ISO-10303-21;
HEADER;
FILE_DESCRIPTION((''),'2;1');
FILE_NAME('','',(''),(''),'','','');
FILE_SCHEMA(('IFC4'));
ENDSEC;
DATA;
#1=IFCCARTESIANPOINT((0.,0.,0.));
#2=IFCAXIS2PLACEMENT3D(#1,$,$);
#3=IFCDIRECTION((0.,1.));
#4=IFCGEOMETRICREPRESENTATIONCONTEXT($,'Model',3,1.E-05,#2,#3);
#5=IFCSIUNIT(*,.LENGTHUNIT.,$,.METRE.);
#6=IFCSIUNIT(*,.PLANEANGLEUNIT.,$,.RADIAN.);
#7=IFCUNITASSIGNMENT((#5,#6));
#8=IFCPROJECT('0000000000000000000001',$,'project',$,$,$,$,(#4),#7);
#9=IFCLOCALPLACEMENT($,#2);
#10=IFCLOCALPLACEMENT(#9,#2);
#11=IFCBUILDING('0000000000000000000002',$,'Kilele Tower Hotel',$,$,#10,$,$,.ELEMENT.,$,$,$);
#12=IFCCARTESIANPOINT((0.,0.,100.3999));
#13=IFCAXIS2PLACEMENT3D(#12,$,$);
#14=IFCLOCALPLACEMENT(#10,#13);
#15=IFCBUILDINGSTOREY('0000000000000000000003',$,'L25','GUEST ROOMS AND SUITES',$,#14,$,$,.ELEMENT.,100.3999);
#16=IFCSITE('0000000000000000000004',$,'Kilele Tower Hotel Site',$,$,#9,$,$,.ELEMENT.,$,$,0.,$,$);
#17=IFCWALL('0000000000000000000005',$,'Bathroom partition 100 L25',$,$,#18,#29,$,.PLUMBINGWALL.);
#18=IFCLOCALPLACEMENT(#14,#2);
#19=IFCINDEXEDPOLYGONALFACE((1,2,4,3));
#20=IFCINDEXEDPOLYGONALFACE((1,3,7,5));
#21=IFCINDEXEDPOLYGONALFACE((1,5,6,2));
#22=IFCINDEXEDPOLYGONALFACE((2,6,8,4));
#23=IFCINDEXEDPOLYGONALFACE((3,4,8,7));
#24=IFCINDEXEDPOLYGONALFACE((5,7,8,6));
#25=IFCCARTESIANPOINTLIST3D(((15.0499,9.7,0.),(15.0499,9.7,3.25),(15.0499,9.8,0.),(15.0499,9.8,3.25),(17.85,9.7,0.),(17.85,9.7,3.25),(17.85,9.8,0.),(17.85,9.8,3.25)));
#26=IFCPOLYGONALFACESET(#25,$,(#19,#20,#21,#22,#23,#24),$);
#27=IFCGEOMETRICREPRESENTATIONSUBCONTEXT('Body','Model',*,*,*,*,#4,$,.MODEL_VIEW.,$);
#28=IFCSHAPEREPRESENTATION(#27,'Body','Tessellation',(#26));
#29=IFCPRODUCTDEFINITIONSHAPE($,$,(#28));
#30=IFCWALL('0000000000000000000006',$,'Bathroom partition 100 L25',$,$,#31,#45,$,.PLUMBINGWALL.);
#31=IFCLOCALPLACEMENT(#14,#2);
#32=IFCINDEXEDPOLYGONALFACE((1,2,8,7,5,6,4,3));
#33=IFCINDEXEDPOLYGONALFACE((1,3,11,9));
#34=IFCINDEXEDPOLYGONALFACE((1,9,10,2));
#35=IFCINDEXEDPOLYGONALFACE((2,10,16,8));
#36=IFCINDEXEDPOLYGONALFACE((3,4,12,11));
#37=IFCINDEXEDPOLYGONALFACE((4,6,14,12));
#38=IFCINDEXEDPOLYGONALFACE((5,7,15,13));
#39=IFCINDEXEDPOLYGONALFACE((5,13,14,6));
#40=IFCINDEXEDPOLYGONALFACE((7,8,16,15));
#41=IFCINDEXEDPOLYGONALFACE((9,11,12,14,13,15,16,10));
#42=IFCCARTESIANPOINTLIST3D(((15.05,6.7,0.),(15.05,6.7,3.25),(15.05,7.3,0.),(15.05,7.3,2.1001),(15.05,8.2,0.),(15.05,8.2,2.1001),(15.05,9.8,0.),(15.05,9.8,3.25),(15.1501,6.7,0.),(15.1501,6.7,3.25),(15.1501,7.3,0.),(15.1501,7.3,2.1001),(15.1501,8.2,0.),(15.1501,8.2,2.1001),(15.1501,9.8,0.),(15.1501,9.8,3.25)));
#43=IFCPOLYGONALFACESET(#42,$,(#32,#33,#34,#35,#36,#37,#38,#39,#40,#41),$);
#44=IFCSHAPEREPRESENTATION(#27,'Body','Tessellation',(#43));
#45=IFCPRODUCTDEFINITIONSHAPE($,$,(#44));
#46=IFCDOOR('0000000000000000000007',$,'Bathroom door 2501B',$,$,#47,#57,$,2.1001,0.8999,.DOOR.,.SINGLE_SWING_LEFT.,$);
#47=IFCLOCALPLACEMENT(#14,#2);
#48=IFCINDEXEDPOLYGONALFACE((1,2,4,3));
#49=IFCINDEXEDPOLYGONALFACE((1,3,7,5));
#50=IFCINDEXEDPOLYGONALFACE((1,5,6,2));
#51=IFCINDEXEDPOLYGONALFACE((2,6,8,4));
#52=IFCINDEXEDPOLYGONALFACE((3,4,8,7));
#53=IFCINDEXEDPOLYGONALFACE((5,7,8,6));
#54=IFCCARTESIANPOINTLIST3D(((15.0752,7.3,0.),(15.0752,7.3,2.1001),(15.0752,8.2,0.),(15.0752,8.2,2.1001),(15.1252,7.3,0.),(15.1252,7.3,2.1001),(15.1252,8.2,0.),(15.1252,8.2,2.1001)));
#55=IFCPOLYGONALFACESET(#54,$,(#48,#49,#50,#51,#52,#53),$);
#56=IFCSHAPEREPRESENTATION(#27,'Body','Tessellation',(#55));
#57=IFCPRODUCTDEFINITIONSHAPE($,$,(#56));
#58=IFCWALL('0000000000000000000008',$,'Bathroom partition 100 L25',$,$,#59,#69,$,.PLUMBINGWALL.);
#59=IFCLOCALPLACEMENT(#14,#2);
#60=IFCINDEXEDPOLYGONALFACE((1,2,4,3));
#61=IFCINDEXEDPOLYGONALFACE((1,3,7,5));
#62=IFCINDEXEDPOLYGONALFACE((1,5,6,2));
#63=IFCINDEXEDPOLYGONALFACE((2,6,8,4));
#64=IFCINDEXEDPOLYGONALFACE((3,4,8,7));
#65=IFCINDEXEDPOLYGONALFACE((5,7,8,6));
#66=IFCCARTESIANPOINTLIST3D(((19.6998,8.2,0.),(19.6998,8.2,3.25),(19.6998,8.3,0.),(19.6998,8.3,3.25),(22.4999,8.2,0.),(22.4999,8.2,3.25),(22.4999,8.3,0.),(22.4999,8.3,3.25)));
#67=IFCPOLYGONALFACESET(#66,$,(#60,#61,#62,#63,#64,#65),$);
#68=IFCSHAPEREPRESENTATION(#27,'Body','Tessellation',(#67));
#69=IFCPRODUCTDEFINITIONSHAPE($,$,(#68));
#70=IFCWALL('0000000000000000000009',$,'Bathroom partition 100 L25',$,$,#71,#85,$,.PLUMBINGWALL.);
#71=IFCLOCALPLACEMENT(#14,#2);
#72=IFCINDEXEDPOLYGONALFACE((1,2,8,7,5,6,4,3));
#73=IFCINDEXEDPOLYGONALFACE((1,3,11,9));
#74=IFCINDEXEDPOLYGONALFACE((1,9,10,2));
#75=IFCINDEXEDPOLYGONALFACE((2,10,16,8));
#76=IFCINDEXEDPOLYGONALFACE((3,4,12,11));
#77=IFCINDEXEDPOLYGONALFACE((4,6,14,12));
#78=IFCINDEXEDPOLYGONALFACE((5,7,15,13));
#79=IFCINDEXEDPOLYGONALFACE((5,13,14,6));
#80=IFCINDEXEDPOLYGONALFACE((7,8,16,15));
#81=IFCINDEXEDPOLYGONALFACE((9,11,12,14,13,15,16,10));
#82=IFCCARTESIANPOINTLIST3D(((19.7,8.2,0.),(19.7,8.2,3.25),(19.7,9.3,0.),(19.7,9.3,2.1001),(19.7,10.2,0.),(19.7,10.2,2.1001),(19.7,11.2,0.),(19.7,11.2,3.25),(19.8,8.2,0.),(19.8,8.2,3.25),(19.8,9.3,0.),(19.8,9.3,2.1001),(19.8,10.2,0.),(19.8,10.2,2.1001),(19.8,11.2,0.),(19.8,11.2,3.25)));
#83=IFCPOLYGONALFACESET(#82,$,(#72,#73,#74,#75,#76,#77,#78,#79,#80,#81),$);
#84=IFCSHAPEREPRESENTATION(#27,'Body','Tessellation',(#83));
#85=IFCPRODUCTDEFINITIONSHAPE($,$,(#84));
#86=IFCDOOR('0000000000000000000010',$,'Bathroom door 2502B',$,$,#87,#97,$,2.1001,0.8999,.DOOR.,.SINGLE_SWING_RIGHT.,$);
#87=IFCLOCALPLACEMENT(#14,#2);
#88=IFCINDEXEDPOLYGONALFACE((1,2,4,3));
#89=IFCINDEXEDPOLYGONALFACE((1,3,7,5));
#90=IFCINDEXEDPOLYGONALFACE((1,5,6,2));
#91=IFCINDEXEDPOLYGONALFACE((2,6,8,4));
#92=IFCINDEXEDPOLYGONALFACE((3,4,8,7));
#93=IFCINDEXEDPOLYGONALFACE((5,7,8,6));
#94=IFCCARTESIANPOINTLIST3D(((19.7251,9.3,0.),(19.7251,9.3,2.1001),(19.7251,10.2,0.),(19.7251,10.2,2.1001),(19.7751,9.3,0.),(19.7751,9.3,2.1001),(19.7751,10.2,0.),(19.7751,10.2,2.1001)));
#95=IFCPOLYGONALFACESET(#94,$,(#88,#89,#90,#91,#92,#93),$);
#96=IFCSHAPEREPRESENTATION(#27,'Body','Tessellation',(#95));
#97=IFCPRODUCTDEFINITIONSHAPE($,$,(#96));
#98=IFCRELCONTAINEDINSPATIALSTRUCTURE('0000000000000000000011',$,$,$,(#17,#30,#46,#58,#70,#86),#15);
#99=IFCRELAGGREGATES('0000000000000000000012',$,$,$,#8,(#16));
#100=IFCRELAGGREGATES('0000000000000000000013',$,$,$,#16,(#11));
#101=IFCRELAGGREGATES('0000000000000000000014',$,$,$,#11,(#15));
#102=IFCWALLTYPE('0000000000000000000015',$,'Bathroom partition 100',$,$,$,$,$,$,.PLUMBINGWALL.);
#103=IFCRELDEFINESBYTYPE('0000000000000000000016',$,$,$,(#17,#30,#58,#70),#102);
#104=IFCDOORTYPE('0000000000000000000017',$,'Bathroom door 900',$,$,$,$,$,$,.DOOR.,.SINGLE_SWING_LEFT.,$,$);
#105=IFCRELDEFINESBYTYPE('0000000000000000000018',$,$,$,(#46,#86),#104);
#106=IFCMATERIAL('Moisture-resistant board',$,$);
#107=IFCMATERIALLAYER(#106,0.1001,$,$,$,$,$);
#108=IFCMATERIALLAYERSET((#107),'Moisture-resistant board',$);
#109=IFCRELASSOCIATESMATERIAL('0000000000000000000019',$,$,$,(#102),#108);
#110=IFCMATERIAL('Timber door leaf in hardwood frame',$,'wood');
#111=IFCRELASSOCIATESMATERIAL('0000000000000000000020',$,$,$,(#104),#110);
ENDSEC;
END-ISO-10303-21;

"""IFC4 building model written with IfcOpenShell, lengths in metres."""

from ifc_helpers import new_model, si_unit, direction, frame, frame_2d, origin, place, context, subcontext, project, spatial, rectangle, extrude, material, layer, layer_set, type_object, element, fill, save


model = new_model("IFC4")

# Units and contexts
model_context = context("Model", 3, precision=1e-05, world=origin(), true_north=direction((0.0, 1.0)))
body_context = subcontext(model_context, "Body", "Model", "MODEL_VIEW")
ifc_project = project(units=[si_unit("LENGTHUNIT", "METRE"), si_unit("PLANEANGLEUNIT", "RADIAN")], contexts=[model_context])

# Site, building, storey
site_placement = place(None, origin())
site = spatial("IfcSite", under=ifc_project, at=site_placement, Name="Kilele Tower Hotel Site", CompositionType="ELEMENT", RefElevation=0.0)
building_placement = place(site_placement, origin())
building = spatial("IfcBuilding", under=site, at=building_placement, Name="Kilele Tower Hotel", CompositionType="ELEMENT")
storey_placement = place(building_placement, frame((0.0, 0.0, 100.3999)))
storey = spatial("IfcBuildingStorey", under=building, at=storey_placement, Name="L25", Description="GUEST ROOMS AND SUITES", CompositionType="ELEMENT", Elevation=100.3999)

# Wall
ifc_material_1 = material(Name="Moisture-resistant board")
ifc_layer_1 = layer(ifc_material_1, 0.1001)
ifc_layer_set_1 = layer_set([ifc_layer_1], Name="Moisture-resistant board")
wall_type_1 = type_object("IfcWallType", Name="Bathroom partition 100", PredefinedType="PLUMBINGWALL", material=ifc_layer_set_1)
wall_1_placement = place(storey_placement, frame((15.05, 9.75, 0.0), z_axis=(0.0, 0.0, 1.0), x_axis=(1.0, 0.0, 0.0)))
element("IfcWall", 1, at=wall_1_placement, inside=storey, type_object=wall_type_1, Name="Bathroom partition 100 L25", PredefinedType="PLUMBINGWALL", context=body_context, shape_type="SweptSolid", body=[
    extrude(rectangle(XDim=2.8, YDim=0.1001, at=frame_2d((1.3999, 0.0))), origin(), (0.0, 0.0, 1.0), 3.25),
])

# Wall, opening, door
wall_2_placement = place(storey_placement, frame((15.1001, 9.8, 0.0), z_axis=(0.0, 0.0, 1.0), x_axis=(0.0, -1.0, 0.0)))
wall_2 = element("IfcWall", 2, at=wall_2_placement, inside=storey, type_object=wall_type_1, Name="Bathroom partition 100 L25", PredefinedType="PLUMBINGWALL", context=body_context, shape_type="SweptSolid", body=[
    extrude(rectangle(XDim=3.1001, YDim=0.1001, at=frame_2d((1.55, 0.0))), origin(), (0.0, 0.0, 1.0), 3.25),
])
opening_1_placement = place(wall_2_placement, frame((2.5, 0.0, 0.0), z_axis=(0.0, 0.0, 1.0), x_axis=(-1.0, 0.0, 0.0)))
opening_1 = element("IfcOpeningElement", 3, at=opening_1_placement, cuts=wall_2, PredefinedType="OPENING", context=body_context, shape_type="SweptSolid", body=[
    extrude(rectangle(XDim=0.8999, YDim=2.1001, at=frame_2d((0.45, 1.05))), frame((0.0, 0.0601, 0.0), z_axis=(0.0, -1.0, 0.0), x_axis=(1.0, 0.0, 0.0)), (0.0, 0.0, 1.0), 0.1201),
])
ifc_material_2 = material(Name="Timber door leaf in hardwood frame", Category="wood")
door_type_1 = type_object("IfcDoorType", Name="Bathroom door 900", OperationType="SINGLE_SWING_LEFT", PredefinedType="DOOR", material=ifc_material_2)
door_1_placement = place(opening_1_placement, origin())
door_1 = element("IfcDoor", 4, at=door_1_placement, inside=storey, type_object=door_type_1, Name="Bathroom door 2501B", OperationType="SINGLE_SWING_LEFT", OverallHeight=2.1001, OverallWidth=0.8999, PredefinedType="DOOR", context=body_context, shape_type="SweptSolid", body=[
    extrude(rectangle(XDim=0.8999, YDim=2.1001, at=frame_2d((0.45, 1.05))), frame((0.0, 0.0249, 0.0), z_axis=(0.0, -1.0, 0.0), x_axis=(1.0, 0.0, 0.0)), (0.0, 0.0, 1.0), 0.05),
])
fill(opening_1, door_1)

# Wall
wall_3_placement = place(storey_placement, frame((19.7, 8.25, 0.0), z_axis=(0.0, 0.0, 1.0), x_axis=(1.0, 0.0, 0.0)))
element("IfcWall", 5, at=wall_3_placement, inside=storey, type_object=wall_type_1, Name="Bathroom partition 100 L25", PredefinedType="PLUMBINGWALL", context=body_context, shape_type="SweptSolid", body=[
    extrude(rectangle(XDim=2.8, YDim=0.1001, at=frame_2d((1.3999, 0.0))), origin(), (0.0, 0.0, 1.0), 3.25),
])

# Wall, opening, door
wall_4_placement = place(storey_placement, frame((19.75, 11.2, 0.0), z_axis=(0.0, 0.0, 1.0), x_axis=(0.0, -1.0, 0.0)))
wall_4 = element("IfcWall", 6, at=wall_4_placement, inside=storey, type_object=wall_type_1, Name="Bathroom partition 100 L25", PredefinedType="PLUMBINGWALL", context=body_context, shape_type="SweptSolid", body=[
    extrude(rectangle(XDim=3.0, YDim=0.1001, at=frame_2d((1.5, 0.0))), origin(), (0.0, 0.0, 1.0), 3.25),
])
opening_2_placement = place(wall_4_placement, frame((1.8999, 0.0, 0.0), z_axis=(0.0, 0.0, 1.0), x_axis=(-1.0, 0.0, 0.0)))
opening_2 = element("IfcOpeningElement", 7, at=opening_2_placement, cuts=wall_4, PredefinedType="OPENING", context=body_context, shape_type="SweptSolid", body=[
    extrude(rectangle(XDim=0.8999, YDim=2.1001, at=frame_2d((0.45, 1.05))), frame((0.0, 0.0601, 0.0), z_axis=(0.0, -1.0, 0.0), x_axis=(1.0, 0.0, 0.0)), (0.0, 0.0, 1.0), 0.1201),
])
door_2_placement = place(opening_2_placement, origin())
door_2 = element("IfcDoor", 8, at=door_2_placement, inside=storey, type_object=door_type_1, Name="Bathroom door 2502B", OperationType="SINGLE_SWING_RIGHT", OverallHeight=2.1001, OverallWidth=0.8999, PredefinedType="DOOR", context=body_context, shape_type="SweptSolid", body=[
    extrude(rectangle(XDim=0.8999, YDim=2.1001, at=frame_2d((0.45, 1.05))), frame((0.0, 0.0249, 0.0), z_axis=(0.0, -1.0, 0.0), x_axis=(1.0, 0.0, 0.0)), (0.0, 0.0, 1.0), 0.05),
])
fill(opening_2, door_2)

save(model, "model.ifc")
